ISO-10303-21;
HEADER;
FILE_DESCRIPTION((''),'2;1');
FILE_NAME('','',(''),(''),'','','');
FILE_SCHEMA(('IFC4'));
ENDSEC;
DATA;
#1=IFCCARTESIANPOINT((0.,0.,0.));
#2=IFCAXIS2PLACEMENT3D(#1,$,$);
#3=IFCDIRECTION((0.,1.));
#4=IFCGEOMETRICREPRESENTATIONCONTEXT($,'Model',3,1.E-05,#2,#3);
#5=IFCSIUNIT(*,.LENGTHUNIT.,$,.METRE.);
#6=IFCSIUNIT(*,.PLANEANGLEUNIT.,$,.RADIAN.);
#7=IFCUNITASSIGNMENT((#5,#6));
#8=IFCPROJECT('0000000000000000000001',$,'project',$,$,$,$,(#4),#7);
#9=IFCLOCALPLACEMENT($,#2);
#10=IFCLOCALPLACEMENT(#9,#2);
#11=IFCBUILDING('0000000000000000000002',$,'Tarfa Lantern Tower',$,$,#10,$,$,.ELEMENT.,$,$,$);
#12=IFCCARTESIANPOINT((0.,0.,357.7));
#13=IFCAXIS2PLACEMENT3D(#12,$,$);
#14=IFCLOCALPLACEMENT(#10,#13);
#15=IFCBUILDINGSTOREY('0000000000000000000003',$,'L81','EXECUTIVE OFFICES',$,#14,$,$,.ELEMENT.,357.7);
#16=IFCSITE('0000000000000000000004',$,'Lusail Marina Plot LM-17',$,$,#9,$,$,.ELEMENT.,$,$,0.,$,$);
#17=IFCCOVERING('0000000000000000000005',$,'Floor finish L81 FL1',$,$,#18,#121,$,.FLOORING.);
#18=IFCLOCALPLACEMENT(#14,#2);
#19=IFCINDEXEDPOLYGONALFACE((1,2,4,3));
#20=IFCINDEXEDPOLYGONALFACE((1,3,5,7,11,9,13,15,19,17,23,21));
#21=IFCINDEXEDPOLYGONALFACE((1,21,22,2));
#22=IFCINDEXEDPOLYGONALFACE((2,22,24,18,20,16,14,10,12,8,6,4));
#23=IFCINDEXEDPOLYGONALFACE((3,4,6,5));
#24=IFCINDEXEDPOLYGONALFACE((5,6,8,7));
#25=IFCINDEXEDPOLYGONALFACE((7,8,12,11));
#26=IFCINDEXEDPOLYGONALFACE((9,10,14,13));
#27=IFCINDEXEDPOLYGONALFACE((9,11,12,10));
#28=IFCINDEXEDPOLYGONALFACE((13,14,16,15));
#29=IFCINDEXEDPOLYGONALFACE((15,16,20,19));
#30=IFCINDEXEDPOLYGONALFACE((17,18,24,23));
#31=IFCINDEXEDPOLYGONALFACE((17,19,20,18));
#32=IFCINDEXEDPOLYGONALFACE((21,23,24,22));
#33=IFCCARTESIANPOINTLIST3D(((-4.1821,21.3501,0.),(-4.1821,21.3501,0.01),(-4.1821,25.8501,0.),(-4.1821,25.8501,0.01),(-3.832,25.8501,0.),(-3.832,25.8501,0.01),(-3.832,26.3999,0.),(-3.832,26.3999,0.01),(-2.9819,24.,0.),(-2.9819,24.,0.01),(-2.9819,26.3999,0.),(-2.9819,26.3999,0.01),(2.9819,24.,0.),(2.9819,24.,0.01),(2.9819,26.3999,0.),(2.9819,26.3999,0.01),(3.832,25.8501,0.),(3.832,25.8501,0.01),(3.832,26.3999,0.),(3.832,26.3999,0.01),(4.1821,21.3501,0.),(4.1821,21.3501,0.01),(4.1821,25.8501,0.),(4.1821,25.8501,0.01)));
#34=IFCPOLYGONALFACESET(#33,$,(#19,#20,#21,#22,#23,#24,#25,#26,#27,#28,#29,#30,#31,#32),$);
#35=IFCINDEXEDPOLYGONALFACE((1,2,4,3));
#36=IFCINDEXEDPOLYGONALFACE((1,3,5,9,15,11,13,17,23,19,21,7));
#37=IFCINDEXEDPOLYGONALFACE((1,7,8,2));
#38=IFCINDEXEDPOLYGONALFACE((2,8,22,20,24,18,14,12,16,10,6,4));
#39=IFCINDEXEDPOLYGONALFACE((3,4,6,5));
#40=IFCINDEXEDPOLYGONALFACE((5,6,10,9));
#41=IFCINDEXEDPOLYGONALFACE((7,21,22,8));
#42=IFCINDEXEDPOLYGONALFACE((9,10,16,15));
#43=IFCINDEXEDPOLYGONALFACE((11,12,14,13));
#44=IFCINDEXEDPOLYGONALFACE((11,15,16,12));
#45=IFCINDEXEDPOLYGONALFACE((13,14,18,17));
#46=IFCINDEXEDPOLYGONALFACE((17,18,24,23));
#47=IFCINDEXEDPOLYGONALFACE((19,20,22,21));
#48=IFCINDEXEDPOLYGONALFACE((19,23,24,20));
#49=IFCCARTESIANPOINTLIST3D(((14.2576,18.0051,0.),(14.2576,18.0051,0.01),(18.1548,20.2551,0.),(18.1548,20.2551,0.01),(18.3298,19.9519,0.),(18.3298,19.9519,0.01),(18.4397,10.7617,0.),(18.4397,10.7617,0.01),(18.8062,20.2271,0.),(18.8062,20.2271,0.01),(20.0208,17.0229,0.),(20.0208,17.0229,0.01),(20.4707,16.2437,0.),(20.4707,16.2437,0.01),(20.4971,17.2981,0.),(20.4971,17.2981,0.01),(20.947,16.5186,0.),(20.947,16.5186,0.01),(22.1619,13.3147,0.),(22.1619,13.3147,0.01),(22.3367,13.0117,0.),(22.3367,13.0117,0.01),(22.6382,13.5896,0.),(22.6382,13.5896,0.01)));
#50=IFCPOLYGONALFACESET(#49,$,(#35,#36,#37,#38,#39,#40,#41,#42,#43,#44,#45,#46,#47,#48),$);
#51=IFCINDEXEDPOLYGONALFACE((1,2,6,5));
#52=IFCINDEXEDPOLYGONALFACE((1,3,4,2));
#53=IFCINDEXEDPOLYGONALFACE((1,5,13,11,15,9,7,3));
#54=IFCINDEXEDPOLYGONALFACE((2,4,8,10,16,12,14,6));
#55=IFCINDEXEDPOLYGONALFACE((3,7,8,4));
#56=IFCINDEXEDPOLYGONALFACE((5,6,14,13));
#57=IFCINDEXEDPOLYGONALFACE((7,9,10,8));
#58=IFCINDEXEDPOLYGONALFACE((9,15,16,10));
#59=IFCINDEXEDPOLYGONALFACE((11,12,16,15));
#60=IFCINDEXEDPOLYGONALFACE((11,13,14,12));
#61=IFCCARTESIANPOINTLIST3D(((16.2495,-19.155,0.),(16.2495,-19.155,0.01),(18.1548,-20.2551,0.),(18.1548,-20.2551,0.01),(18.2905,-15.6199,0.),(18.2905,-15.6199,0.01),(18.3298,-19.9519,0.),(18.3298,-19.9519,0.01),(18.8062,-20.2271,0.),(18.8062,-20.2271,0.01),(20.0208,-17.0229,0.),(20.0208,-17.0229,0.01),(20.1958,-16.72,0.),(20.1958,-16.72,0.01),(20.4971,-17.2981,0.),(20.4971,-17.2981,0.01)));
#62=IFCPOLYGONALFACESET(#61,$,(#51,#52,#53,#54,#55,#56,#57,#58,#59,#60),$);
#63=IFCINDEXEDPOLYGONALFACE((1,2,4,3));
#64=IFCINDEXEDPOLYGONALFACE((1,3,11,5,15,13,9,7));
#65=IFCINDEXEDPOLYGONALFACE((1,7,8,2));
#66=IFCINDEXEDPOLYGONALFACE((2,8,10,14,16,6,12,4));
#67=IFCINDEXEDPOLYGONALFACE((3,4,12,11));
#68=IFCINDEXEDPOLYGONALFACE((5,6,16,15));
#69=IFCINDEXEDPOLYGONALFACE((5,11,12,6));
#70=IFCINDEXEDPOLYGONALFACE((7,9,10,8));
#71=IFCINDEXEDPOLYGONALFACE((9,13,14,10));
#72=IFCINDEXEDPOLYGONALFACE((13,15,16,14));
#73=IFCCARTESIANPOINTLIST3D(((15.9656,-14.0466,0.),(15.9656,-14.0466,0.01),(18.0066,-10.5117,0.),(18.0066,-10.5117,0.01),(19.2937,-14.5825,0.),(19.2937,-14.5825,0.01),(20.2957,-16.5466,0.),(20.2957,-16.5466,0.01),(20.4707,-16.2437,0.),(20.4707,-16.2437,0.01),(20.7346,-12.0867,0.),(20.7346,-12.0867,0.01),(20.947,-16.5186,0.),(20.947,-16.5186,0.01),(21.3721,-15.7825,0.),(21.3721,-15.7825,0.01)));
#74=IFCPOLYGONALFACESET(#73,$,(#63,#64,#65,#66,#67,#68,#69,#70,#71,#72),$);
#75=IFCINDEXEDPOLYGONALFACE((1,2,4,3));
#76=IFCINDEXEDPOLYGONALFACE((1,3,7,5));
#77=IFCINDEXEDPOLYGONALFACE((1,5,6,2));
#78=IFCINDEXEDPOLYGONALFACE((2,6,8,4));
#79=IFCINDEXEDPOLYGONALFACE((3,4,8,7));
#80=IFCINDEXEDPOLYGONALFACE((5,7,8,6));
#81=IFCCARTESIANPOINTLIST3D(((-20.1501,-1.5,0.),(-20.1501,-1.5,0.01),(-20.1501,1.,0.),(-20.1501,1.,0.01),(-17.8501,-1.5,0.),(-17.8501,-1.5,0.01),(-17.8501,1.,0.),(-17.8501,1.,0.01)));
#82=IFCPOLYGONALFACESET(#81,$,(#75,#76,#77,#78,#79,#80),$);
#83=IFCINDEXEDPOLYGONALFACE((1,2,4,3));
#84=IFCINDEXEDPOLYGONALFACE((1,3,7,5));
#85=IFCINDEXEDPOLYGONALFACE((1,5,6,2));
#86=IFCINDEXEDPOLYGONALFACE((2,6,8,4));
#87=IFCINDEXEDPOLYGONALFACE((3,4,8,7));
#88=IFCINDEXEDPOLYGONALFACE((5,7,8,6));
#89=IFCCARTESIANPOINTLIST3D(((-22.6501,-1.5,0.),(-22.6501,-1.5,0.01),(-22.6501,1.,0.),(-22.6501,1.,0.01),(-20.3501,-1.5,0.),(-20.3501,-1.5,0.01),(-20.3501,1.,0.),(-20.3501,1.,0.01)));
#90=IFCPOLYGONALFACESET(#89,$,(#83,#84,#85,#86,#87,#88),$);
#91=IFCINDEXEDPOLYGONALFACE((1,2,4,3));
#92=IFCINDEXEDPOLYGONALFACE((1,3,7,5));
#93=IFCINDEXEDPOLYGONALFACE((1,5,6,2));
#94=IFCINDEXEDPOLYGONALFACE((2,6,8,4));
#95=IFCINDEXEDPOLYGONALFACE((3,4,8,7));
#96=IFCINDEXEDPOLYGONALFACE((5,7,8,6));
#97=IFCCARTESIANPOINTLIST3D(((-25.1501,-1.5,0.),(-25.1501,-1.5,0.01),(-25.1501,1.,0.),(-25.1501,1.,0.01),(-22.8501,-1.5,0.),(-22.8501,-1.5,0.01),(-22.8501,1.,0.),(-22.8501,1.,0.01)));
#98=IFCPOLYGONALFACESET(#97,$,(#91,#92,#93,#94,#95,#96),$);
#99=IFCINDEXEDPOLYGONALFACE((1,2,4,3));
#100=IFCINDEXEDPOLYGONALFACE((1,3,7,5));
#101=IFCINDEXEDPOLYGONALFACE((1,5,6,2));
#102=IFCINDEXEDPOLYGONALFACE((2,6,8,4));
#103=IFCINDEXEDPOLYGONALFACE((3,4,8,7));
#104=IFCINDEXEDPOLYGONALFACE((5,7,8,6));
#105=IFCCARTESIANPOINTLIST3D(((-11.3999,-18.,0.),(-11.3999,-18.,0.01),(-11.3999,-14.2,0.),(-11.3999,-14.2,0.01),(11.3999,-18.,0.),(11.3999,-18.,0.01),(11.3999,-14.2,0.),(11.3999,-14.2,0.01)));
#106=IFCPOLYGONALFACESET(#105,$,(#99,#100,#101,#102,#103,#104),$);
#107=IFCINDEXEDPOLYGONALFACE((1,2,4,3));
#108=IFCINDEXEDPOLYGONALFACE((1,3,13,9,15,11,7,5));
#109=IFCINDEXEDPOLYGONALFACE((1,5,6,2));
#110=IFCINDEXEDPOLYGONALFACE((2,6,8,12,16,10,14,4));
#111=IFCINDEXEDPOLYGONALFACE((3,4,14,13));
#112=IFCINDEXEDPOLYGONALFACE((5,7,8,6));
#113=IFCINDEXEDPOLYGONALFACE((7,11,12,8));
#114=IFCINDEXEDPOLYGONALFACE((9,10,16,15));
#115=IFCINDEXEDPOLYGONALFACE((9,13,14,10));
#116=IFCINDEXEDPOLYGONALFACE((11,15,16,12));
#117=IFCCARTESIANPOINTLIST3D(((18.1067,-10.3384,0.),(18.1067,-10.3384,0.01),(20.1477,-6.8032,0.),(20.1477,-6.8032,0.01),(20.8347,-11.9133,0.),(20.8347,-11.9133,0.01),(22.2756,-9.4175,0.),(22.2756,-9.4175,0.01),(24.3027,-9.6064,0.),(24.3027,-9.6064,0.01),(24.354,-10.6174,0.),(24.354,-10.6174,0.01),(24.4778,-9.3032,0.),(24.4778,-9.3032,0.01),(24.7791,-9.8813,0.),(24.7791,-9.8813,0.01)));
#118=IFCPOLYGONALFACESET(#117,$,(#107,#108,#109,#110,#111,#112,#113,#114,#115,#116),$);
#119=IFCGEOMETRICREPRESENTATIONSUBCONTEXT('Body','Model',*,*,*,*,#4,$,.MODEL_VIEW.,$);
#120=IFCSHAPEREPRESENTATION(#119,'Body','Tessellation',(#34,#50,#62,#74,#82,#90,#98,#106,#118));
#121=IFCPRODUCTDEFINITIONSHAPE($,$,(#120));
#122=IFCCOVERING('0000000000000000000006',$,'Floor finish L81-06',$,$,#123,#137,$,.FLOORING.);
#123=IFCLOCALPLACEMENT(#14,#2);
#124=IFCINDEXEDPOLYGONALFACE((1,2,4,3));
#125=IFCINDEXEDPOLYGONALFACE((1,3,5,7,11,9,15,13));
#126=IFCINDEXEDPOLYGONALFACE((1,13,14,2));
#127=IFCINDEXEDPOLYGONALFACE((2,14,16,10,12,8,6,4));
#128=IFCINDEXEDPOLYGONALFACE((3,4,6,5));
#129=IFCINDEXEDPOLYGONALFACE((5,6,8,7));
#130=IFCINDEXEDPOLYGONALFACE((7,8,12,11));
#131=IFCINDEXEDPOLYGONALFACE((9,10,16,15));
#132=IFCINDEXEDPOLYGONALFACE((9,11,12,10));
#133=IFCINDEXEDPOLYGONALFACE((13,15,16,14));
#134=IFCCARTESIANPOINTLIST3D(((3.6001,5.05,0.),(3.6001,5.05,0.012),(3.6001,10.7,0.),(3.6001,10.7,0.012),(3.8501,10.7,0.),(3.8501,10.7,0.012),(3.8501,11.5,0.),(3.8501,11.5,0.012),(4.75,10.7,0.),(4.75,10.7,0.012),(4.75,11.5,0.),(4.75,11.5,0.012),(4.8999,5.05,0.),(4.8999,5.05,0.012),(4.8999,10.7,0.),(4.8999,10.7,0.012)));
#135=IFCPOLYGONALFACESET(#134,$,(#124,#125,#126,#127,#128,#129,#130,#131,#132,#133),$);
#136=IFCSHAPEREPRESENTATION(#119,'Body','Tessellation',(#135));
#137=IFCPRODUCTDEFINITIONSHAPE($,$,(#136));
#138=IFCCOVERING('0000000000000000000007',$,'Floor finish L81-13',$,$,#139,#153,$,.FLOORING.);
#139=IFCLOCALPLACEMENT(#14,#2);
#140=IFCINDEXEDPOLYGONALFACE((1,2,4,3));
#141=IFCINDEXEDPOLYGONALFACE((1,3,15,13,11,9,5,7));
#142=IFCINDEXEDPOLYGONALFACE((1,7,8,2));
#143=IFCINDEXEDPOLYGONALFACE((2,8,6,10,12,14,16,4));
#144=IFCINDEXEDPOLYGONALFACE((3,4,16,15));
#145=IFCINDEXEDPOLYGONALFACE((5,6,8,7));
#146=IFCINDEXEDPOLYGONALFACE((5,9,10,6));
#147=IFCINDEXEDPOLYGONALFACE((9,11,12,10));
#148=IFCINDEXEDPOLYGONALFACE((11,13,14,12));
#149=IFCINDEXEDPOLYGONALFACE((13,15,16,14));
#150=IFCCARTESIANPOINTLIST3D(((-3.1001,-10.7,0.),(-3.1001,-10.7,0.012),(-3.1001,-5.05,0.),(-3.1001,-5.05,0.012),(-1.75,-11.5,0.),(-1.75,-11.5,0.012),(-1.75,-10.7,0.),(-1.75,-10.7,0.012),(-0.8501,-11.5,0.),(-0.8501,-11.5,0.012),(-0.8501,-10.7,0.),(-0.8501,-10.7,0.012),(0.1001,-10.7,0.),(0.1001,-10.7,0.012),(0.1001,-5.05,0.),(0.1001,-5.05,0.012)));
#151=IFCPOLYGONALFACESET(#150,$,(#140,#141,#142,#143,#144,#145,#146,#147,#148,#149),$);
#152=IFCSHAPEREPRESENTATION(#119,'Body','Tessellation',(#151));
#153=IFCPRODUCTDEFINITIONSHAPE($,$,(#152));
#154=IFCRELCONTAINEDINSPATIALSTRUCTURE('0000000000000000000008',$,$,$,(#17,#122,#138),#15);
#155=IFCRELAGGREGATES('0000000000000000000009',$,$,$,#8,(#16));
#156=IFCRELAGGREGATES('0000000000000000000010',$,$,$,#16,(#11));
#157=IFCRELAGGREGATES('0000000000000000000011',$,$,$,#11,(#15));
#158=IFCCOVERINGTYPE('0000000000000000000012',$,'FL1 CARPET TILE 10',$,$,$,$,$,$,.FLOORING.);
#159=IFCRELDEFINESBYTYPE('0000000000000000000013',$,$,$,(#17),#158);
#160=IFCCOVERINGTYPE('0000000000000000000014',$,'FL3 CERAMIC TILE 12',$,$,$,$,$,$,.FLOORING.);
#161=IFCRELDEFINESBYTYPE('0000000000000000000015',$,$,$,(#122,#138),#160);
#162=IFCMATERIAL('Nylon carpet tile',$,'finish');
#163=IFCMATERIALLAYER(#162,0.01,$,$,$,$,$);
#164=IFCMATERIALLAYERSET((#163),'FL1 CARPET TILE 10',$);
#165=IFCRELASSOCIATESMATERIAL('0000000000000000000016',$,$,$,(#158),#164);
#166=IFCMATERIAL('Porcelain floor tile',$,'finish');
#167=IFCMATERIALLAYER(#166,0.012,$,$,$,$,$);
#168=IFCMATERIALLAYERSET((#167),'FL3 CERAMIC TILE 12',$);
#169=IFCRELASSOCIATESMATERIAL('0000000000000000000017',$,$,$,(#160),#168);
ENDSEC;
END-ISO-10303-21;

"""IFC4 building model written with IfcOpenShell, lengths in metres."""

from ifc_helpers import new_model, si_unit, direction, frame, origin, place, context, subcontext, project, spatial, polyline, outline, extrude, material, layer, layer_set, type_object, element, save


model = new_model("IFC4")

# Units and contexts
model_context = context("Model", 3, precision=1e-05, world=origin(), true_north=direction((0.0, 1.0)))
body_context = subcontext(model_context, "Body", "Model", "MODEL_VIEW")
ifc_project = project(units=[si_unit("LENGTHUNIT", "METRE"), si_unit("PLANEANGLEUNIT", "RADIAN")], contexts=[model_context])

# Site, building, storey
site_placement = place(None, origin())
site = spatial("IfcSite", under=ifc_project, at=site_placement, Name="Lusail Marina Plot LM-17", CompositionType="ELEMENT", RefElevation=0.0)
building_placement = place(site_placement, origin())
building = spatial("IfcBuilding", under=site, at=building_placement, Name="Tarfa Lantern Tower", CompositionType="ELEMENT")
storey_placement = place(building_placement, frame((0.0, 0.0, 357.7)))
storey = spatial("IfcBuildingStorey", under=building, at=storey_placement, Name="L81", Description="EXECUTIVE OFFICES", CompositionType="ELEMENT", Elevation=357.7)

# Coverings
ifc_material_1 = material(Name="Nylon carpet tile", Category="finish")
ifc_layer_1 = layer(ifc_material_1, 0.01)
ifc_layer_set_1 = layer_set([ifc_layer_1], Name="FL1 CARPET TILE 10")
covering_type_1 = type_object("IfcCoveringType", Name="FL1 CARPET TILE 10", PredefinedType="FLOORING", material=ifc_layer_set_1)
covering_1_placement = place(storey_placement, origin())
element("IfcCovering", 1, at=covering_1_placement, inside=storey, type_object=covering_type_1, Name="Floor finish L81 FL1", PredefinedType="FLOORING", context=body_context, shape_type="SweptSolid", body=[
    extrude(outline(polyline([(4.1821, 21.3501), (-4.1821, 21.3501), (-4.1821, 25.8501), (-3.832, 25.8501), (-3.832, 26.3999), (-2.9819, 26.3999), (-2.9819, 24.0), (2.9819, 24.0), (2.9819, 26.3999), (3.832, 26.3999), (3.832, 25.8501), (4.1821, 25.8501), (4.1821, 21.3501)])), origin(), (0.0, 0.0, 1.0), 0.01),
    extrude(outline(polyline([(14.2576, 18.0051), (18.1548, 20.2551), (18.3298, 19.9519), (18.8062, 20.2271), (20.4971, 17.2981), (20.0208, 17.0229), (20.4707, 16.2437), (20.947, 16.5186), (22.6382, 13.5896), (22.1619, 13.3147), (22.3367, 13.0117), (18.4397, 10.7617), (14.2576, 18.0051)])), origin(), (0.0, 0.0, 1.0), 0.01),
    extrude(outline(polyline([(16.2495, -19.155), (18.2905, -15.6199), (20.1958, -16.72), (20.0208, -17.0229), (20.4971, -17.2981), (18.8062, -20.2271), (18.3298, -19.9519), (18.1548, -20.2551), (16.2495, -19.155)])), origin(), (0.0, 0.0, 1.0), 0.01),
    extrude(outline(polyline([(18.0066, -10.5117), (20.7346, -12.0867), (19.2937, -14.5825), (21.3721, -15.7825), (20.947, -16.5186), (20.4707, -16.2437), (20.2957, -16.5466), (15.9656, -14.0466), (18.0066, -10.5117)])), origin(), (0.0, 0.0, 1.0), 0.01),
    extrude(outline(polyline([(-20.1501, 1.0), (-17.8501, 1.0), (-17.8501, -1.5), (-20.1501, -1.5), (-20.1501, 1.0)])), origin(), (0.0, 0.0, 1.0), 0.01),
    extrude(outline(polyline([(-22.6501, 1.0), (-20.3501, 1.0), (-20.3501, -1.5), (-22.6501, -1.5), (-22.6501, 1.0)])), origin(), (0.0, 0.0, 1.0), 0.01),
    extrude(outline(polyline([(-25.1501, 1.0), (-22.8501, 1.0), (-22.8501, -1.5), (-25.1501, -1.5), (-25.1501, 1.0)])), origin(), (0.0, 0.0, 1.0), 0.01),
    extrude(outline(polyline([(-11.3999, -14.2), (11.3999, -14.2), (11.3999, -18.0), (-11.3999, -18.0), (-11.3999, -14.2)])), origin(), (0.0, 0.0, 1.0), 0.01),
    extrude(outline(polyline([(20.1477, -6.8032), (24.4778, -9.3032), (24.3027, -9.6064), (24.7791, -9.8813), (24.354, -10.6174), (22.2756, -9.4175), (20.8347, -11.9133), (18.1067, -10.3384), (20.1477, -6.8032)])), origin(), (0.0, 0.0, 1.0), 0.01),
])
ifc_material_2 = material(Name="Porcelain floor tile", Category="finish")
ifc_layer_2 = layer(ifc_material_2, 0.012)
ifc_layer_set_2 = layer_set([ifc_layer_2], Name="FL3 CERAMIC TILE 12")
covering_type_2 = type_object("IfcCoveringType", Name="FL3 CERAMIC TILE 12", PredefinedType="FLOORING", material=ifc_layer_set_2)
covering_2_placement = place(storey_placement, origin())
element("IfcCovering", 2, at=covering_2_placement, inside=storey, type_object=covering_type_2, Name="Floor finish L81-06", PredefinedType="FLOORING", context=body_context, shape_type="SweptSolid", body=[
    extrude(outline(polyline([(3.6001, 5.05), (4.8999, 5.05), (4.8999, 10.7), (4.75, 10.7), (4.75, 11.5), (3.8501, 11.5), (3.8501, 10.7), (3.6001, 10.7), (3.6001, 5.05)])), origin(), (0.0, 0.0, 1.0), 0.012),
])
covering_3_placement = place(storey_placement, origin())
element("IfcCovering", 3, at=covering_3_placement, inside=storey, type_object=covering_type_2, Name="Floor finish L81-13", PredefinedType="FLOORING", context=body_context, shape_type="SweptSolid", body=[
    extrude(outline(polyline([(-0.8501, -10.7), (0.1001, -10.7), (0.1001, -5.05), (-3.1001, -5.05), (-3.1001, -10.7), (-1.75, -10.7), (-1.75, -11.5), (-0.8501, -11.5), (-0.8501, -10.7)])), origin(), (0.0, 0.0, 1.0), 0.012),
])

save(model, "model.ifc")
